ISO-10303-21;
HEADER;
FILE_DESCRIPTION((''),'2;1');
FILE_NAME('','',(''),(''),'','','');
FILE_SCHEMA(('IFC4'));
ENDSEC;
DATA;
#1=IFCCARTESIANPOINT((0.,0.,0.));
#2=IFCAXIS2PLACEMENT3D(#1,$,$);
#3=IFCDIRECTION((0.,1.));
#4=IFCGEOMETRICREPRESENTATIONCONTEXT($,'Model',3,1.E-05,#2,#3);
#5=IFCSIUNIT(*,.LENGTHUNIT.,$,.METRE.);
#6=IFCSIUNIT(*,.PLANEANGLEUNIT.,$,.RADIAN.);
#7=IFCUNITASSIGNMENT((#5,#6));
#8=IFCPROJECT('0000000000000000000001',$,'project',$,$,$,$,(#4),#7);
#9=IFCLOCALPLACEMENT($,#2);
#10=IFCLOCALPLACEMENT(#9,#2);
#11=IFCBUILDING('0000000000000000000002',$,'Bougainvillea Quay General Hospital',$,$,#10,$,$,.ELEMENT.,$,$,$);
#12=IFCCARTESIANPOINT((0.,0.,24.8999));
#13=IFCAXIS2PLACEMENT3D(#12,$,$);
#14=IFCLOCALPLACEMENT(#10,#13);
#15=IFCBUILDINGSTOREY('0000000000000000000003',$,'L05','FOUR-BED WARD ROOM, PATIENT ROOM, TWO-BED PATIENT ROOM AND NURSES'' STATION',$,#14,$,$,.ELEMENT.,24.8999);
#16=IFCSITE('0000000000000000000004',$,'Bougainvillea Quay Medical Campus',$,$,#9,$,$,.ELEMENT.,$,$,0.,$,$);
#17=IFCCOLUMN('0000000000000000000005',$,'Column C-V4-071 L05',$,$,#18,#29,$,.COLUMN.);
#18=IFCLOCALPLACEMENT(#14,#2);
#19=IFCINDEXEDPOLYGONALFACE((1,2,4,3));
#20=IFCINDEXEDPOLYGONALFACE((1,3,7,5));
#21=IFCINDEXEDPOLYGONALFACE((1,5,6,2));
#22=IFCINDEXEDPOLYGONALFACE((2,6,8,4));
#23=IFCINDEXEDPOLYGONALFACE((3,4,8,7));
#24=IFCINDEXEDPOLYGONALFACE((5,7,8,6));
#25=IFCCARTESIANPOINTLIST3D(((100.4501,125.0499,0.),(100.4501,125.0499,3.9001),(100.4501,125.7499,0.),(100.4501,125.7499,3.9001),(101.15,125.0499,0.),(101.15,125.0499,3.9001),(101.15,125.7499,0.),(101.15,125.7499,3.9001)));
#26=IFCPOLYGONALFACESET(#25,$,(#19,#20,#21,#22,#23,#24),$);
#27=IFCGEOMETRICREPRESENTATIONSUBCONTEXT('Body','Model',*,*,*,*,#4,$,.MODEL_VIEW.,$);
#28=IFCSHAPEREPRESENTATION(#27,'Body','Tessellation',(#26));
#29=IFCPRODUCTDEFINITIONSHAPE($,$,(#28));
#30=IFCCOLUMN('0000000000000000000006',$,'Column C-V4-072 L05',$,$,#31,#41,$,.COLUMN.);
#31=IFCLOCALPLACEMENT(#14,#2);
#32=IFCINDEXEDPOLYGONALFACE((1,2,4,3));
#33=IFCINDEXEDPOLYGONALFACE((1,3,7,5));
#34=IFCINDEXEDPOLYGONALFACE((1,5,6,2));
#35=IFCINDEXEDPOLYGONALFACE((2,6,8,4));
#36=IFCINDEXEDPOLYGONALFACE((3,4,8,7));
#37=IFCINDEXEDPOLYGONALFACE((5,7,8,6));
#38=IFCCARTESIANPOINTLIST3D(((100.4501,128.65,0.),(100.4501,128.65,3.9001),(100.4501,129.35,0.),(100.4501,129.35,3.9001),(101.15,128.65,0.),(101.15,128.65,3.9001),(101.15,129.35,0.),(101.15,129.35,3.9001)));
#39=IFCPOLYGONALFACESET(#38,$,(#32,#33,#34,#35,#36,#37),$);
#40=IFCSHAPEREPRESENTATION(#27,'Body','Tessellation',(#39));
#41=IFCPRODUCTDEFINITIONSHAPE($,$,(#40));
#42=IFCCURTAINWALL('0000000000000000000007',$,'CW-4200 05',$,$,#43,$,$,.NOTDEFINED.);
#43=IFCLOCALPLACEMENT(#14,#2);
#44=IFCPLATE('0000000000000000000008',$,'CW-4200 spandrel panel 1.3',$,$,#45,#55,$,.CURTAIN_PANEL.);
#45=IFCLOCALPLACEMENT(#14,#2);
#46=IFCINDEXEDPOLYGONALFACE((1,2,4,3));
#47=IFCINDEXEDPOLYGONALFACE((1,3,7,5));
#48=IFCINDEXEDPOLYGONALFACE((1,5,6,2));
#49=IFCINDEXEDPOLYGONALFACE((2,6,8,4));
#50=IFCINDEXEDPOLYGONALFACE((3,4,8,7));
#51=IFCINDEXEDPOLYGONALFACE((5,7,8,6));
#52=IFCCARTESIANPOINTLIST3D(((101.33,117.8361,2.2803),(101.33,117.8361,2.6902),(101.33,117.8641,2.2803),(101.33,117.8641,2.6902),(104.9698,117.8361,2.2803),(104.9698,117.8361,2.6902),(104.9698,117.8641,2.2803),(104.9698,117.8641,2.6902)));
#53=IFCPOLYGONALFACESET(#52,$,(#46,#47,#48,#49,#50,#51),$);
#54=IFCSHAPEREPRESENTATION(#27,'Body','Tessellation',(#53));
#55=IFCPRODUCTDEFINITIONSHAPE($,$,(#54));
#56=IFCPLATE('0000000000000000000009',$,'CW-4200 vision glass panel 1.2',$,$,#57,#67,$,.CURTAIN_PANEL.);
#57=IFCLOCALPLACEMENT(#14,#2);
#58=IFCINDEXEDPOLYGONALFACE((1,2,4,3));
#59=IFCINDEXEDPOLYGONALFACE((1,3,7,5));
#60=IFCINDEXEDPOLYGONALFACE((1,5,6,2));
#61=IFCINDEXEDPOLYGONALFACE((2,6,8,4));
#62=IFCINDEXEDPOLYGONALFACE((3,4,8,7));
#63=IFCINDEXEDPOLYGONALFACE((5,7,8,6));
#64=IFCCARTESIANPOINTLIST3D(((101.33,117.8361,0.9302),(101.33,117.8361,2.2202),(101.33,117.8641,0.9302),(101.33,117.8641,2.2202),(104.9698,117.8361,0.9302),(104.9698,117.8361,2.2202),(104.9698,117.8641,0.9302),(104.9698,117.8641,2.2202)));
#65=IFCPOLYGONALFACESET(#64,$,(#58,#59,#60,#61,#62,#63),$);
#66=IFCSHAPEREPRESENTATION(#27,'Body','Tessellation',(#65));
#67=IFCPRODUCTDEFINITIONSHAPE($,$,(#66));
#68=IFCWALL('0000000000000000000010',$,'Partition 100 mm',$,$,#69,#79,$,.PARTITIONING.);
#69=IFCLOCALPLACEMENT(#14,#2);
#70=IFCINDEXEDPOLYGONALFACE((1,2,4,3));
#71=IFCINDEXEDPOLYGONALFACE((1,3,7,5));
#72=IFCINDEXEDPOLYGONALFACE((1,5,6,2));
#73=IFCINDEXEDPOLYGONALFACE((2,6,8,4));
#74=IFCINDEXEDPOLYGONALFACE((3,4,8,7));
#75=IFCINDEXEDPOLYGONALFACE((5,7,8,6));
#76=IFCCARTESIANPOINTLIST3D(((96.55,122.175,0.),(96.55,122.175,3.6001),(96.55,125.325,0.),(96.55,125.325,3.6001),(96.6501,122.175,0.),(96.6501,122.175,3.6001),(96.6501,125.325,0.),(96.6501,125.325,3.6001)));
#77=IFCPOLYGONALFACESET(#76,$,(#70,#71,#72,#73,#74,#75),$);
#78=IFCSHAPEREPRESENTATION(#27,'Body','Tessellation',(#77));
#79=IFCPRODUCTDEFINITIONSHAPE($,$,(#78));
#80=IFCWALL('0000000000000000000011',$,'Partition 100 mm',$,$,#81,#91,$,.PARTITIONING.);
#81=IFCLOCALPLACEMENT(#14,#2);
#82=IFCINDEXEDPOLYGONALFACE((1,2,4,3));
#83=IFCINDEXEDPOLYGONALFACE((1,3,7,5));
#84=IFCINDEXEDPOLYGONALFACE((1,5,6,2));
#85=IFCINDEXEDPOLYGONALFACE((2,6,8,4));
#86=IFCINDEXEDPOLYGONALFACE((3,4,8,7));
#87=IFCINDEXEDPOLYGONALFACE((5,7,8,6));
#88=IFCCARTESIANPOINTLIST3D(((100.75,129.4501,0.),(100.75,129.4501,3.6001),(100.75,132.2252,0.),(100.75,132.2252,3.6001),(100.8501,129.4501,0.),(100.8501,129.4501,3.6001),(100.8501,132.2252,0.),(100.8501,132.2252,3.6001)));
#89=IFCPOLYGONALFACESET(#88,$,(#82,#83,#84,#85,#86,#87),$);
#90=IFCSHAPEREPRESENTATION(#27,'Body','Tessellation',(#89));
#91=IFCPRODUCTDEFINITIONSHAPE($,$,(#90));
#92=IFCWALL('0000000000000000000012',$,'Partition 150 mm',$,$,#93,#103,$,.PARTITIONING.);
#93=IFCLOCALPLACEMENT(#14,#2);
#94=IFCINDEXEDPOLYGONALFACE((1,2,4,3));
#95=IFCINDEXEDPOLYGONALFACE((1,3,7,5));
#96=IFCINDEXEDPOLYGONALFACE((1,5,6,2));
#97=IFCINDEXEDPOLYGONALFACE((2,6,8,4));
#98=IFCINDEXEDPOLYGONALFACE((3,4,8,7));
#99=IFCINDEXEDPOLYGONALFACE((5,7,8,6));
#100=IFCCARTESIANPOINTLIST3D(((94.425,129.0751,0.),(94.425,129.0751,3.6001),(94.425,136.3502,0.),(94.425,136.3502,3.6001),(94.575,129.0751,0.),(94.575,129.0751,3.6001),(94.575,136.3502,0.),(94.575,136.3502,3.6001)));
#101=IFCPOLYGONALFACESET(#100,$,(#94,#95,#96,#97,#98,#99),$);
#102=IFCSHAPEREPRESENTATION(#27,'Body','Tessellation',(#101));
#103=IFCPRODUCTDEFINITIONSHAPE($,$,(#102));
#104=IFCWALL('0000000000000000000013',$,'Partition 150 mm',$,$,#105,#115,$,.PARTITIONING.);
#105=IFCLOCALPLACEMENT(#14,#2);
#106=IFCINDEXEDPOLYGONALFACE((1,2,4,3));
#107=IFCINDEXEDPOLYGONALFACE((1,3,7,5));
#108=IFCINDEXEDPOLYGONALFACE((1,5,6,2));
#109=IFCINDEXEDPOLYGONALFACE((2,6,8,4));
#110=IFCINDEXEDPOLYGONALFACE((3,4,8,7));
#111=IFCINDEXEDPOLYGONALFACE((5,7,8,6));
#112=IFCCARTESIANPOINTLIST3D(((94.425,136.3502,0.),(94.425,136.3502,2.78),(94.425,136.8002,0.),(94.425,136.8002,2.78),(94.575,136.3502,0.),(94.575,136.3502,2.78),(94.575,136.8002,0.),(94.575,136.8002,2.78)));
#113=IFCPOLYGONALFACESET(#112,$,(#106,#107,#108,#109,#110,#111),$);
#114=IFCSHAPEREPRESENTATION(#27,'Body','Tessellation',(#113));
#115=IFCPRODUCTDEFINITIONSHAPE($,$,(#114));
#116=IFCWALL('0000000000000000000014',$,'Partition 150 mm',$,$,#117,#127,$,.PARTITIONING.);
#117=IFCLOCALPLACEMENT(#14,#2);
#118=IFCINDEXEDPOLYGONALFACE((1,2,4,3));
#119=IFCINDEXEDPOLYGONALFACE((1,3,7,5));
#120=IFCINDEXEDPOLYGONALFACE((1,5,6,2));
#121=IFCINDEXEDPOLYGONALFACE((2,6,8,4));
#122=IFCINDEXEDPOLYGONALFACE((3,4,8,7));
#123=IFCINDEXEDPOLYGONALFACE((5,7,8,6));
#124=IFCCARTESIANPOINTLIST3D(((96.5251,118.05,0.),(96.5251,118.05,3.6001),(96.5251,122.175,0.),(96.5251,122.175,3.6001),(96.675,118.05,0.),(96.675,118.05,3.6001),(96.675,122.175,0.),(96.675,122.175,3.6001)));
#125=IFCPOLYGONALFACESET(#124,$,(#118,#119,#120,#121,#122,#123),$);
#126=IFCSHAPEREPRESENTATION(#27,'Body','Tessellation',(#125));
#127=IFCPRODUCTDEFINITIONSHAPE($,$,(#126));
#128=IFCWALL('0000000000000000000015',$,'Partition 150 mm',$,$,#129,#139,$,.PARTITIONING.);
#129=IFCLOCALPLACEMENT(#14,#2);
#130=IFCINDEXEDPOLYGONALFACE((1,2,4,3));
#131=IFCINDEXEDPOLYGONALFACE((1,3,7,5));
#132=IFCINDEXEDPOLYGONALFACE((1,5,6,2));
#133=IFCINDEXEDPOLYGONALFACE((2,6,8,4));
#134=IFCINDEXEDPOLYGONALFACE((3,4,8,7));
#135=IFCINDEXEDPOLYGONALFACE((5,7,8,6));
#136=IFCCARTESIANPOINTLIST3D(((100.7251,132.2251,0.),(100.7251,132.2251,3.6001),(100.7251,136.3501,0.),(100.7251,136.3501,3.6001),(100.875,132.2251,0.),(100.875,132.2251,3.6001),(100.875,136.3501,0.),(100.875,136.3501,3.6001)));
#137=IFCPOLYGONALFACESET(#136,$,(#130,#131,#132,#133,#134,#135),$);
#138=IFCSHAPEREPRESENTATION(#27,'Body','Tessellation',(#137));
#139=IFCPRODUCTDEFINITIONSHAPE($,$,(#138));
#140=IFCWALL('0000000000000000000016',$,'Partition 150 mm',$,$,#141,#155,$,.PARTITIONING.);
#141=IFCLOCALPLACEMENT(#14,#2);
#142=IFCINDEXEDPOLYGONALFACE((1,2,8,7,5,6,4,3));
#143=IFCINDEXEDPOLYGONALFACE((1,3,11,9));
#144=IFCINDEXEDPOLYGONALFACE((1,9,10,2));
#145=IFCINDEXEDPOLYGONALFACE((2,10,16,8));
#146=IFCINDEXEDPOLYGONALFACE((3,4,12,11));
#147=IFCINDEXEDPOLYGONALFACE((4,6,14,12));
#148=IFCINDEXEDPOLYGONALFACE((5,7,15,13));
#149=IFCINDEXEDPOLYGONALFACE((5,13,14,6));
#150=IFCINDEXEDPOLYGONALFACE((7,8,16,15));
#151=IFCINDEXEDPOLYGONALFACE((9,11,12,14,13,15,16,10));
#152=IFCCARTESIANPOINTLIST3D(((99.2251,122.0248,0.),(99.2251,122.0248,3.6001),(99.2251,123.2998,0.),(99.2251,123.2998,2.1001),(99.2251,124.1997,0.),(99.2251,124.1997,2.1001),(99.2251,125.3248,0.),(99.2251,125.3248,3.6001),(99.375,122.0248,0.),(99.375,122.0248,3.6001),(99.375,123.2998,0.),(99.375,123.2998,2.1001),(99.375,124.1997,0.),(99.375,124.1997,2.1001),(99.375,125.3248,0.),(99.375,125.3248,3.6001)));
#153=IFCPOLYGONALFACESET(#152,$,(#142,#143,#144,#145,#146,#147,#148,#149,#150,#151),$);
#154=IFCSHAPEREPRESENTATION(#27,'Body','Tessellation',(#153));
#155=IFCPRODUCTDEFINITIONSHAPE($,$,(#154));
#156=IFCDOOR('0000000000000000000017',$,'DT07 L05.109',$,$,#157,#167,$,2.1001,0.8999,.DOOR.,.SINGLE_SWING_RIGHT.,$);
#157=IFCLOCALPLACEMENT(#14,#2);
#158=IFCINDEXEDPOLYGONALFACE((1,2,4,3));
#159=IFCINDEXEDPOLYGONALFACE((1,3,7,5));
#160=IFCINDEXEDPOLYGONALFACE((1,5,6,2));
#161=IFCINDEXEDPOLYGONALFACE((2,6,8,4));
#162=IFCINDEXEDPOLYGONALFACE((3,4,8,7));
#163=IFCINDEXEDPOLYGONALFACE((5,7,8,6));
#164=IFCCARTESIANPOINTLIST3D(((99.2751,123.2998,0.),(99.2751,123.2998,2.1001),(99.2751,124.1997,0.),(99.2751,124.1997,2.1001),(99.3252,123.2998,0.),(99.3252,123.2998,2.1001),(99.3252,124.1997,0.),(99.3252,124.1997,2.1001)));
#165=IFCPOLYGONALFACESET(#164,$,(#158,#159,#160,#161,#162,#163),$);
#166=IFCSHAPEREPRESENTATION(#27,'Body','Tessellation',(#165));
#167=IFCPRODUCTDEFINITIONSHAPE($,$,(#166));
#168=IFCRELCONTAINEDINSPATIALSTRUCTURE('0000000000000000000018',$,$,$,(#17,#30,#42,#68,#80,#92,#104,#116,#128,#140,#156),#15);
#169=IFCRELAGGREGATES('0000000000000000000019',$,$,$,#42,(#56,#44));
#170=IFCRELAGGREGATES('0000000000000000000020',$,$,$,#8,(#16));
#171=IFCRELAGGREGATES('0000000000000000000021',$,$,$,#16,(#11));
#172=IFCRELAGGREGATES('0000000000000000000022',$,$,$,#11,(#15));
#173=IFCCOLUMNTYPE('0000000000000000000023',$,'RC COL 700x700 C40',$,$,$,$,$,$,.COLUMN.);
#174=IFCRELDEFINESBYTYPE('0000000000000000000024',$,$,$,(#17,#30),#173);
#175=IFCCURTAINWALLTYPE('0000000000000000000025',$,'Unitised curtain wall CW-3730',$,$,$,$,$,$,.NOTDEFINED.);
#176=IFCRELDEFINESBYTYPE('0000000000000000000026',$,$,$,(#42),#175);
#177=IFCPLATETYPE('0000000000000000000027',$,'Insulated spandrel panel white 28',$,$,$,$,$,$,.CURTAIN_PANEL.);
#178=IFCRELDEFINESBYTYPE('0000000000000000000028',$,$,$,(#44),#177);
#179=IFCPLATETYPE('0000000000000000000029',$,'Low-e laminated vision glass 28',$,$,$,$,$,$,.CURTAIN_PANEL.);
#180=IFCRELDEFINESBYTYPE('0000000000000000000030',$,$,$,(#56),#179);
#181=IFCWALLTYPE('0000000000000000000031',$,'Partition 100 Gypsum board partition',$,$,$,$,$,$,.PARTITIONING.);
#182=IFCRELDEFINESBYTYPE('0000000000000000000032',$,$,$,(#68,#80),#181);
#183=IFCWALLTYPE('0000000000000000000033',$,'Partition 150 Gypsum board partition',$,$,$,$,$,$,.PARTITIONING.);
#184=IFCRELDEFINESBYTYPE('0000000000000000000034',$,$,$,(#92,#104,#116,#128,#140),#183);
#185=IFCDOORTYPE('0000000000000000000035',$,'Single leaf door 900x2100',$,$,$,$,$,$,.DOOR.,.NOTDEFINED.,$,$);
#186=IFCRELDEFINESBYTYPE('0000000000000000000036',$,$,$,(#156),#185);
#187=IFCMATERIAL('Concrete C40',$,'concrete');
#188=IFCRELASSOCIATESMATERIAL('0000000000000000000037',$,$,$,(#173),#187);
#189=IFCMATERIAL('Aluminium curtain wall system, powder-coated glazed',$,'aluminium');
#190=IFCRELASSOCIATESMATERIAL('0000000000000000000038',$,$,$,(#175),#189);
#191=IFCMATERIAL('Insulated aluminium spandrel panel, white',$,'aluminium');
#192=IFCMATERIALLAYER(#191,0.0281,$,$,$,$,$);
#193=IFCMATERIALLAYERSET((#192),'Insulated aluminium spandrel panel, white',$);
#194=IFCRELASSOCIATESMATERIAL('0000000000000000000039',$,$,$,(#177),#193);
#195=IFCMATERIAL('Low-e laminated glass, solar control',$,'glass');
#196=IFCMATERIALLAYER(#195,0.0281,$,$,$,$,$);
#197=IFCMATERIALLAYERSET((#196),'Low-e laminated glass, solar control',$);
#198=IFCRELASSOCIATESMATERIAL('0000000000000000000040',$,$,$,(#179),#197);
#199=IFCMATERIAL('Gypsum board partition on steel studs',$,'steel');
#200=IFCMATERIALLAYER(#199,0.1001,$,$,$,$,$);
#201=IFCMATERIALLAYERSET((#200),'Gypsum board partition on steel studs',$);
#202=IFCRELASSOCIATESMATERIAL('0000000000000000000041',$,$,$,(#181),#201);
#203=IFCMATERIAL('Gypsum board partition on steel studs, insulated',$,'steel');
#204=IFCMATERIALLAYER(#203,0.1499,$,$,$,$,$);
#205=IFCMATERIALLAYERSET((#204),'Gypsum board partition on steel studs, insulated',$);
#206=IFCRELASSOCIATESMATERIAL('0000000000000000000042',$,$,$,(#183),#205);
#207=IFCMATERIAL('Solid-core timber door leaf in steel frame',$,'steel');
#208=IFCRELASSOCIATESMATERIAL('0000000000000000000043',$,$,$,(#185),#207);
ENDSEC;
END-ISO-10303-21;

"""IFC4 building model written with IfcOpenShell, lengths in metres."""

from ifc_helpers import new_model, si_unit, direction, frame, frame_2d, origin, origin_2d, place, context, subcontext, project, spatial, rectangle, extrude, material, layer, layer_set, material_profile, profile_set, type_object, element, fill, aggregate, save


model = new_model("IFC4")

# Units and contexts
model_context = context("Model", 3, precision=1e-05, world=origin(), true_north=direction((0.0, 1.0)))
body_context = subcontext(model_context, "Body", "Model", "MODEL_VIEW")
ifc_project = project(units=[si_unit("LENGTHUNIT", "METRE"), si_unit("PLANEANGLEUNIT", "RADIAN")], contexts=[model_context])

# Site, building, storey
site_placement = place(None, origin())
site = spatial("IfcSite", under=ifc_project, at=site_placement, Name="Bougainvillea Quay Medical Campus", CompositionType="ELEMENT", RefElevation=0.0)
building_placement = place(site_placement, origin())
building = spatial("IfcBuilding", under=site, at=building_placement, Name="Bougainvillea Quay General Hospital", CompositionType="ELEMENT")
storey_placement = place(building_placement, frame((0.0, 0.0, 24.8999)))
storey = spatial("IfcBuildingStorey", under=building, at=storey_placement, Name="L05", Description="FOUR-BED WARD ROOM, PATIENT ROOM, TWO-BED PATIENT ROOM AND NURSES' STATION", CompositionType="ELEMENT", Elevation=24.8999)

# Columns
ifc_material_1 = material(Name="Concrete C40", Category="concrete")
ifc_material_profile = material_profile(ifc_material_1, rectangle(XDim=0.7, YDim=0.7, at=origin_2d()))
ifc_profile_set = profile_set([ifc_material_profile], Name="Concrete C40")
column_type = type_object("IfcColumnType", Name="RC COL 700x700 C40", PredefinedType="COLUMN", material=ifc_profile_set)
for number, where, z_axis, x_axis, name in (
    (1, (100.8, 125.3999, 0.0), (0.0, 0.0, 1.0), (1.0, 0.0, 0.0), "Column C-V4-071 L05"),
    (2, (100.8, 129.0, 0.0), (0.0, 0.0, 1.0), (1.0, 0.0, 0.0), "Column C-V4-072 L05"),
):
    element("IfcColumn", number, at=place(storey_placement, frame(where, z_axis=z_axis, x_axis=x_axis)), inside=storey, type_object=column_type, Name=name, PredefinedType="COLUMN", context=body_context, shape_type="SweptSolid", body=[
        extrude(rectangle(XDim=0.7, YDim=0.7, at=origin_2d()), origin(), (0.0, 0.0, 1.0), 3.9001),
    ])

# Curtain wall, plates
ifc_material_2 = material(Name="Aluminium curtain wall system, powder-coated glazed", Category="aluminium")
curtain_wall_type = type_object("IfcCurtainWallType", Name="Unitised curtain wall CW-3730", PredefinedType="NOTDEFINED", material=ifc_material_2)
curtain_wall_placement = place(storey_placement, origin())
curtain_wall = element("IfcCurtainWall", 3, at=curtain_wall_placement, inside=storey, type_object=curtain_wall_type, Name="CW-4200 05", PredefinedType="NOTDEFINED")
ifc_material_3 = material(Name="Insulated aluminium spandrel panel, white", Category="aluminium")
ifc_layer_1 = layer(ifc_material_3, 0.0281)
ifc_layer_set_1 = layer_set([ifc_layer_1], Name="Insulated aluminium spandrel panel, white")
plate_type_1 = type_object("IfcPlateType", Name="Insulated spandrel panel white 28", PredefinedType="CURTAIN_PANEL", material=ifc_layer_set_1)
plate_1_placement = place(storey_placement, frame((103.1499, 117.8501, 2.2803), z_axis=(0.0, 0.0, 1.0), x_axis=(1.0, 0.0, 0.0)))
plate_1 = element("IfcPlate", 4, at=plate_1_placement, type_object=plate_type_1, Name="CW-4200 spandrel panel 1.3", PredefinedType="CURTAIN_PANEL", context=body_context, shape_type="SweptSolid", body=[
    extrude(rectangle(XDim=3.6399, YDim=0.0281, at=origin_2d()), origin(), (0.0, 0.0, 1.0), 0.4099),
])
ifc_material_4 = material(Name="Low-e laminated glass, solar control", Category="glass")
ifc_layer_2 = layer(ifc_material_4, 0.0281)
ifc_layer_set_2 = layer_set([ifc_layer_2], Name="Low-e laminated glass, solar control")
plate_type_2 = type_object("IfcPlateType", Name="Low-e laminated vision glass 28", PredefinedType="CURTAIN_PANEL", material=ifc_layer_set_2)
plate_2_placement = place(storey_placement, frame((103.1499, 117.8501, 0.9302), z_axis=(0.0, 0.0, 1.0), x_axis=(1.0, 0.0, 0.0)))
plate_2 = element("IfcPlate", 5, at=plate_2_placement, type_object=plate_type_2, Name="CW-4200 vision glass panel 1.2", PredefinedType="CURTAIN_PANEL", context=body_context, shape_type="SweptSolid", body=[
    extrude(rectangle(XDim=3.6399, YDim=0.0281, at=origin_2d()), origin(), (0.0, 0.0, 1.0), 1.29),
])
aggregate(curtain_wall, [plate_2, plate_1])

# Walls
ifc_material_5 = material(Name="Gypsum board partition on steel studs", Category="steel")
ifc_layer_3 = layer(ifc_material_5, 0.1001)
ifc_layer_set_3 = layer_set([ifc_layer_3], Name="Gypsum board partition on steel studs")
wall_type_1 = type_object("IfcWallType", Name="Partition 100 Gypsum board partition", PredefinedType="PARTITIONING", material=ifc_layer_set_3)
wall_1_placement = place(storey_placement, frame((96.6001, 122.175, 0.0), z_axis=(0.0, 0.0, 1.0), x_axis=(0.0, 1.0, 0.0)))
element("IfcWall", 6, at=wall_1_placement, inside=storey, type_object=wall_type_1, Name="Partition 100 mm", PredefinedType="PARTITIONING", context=body_context, shape_type="SweptSolid", body=[
    extrude(rectangle(XDim=3.1499, YDim=0.1001, at=frame_2d((1.575, 0.0))), origin(), (0.0, 0.0, 1.0), 3.6001),
])
wall_2_placement = place(storey_placement, frame((100.8, 129.45, 0.0), z_axis=(0.0, 0.0, 1.0), x_axis=(0.0, 1.0, 0.0)))
element("IfcWall", 7, at=wall_2_placement, inside=storey, type_object=wall_type_1, Name="Partition 100 mm", PredefinedType="PARTITIONING", context=body_context, shape_type="SweptSolid", body=[
    extrude(rectangle(XDim=2.7751, YDim=0.1001, at=frame_2d((1.3877, 0.0))), origin(), (0.0, 0.0, 1.0), 3.6001),
])
ifc_material_6 = material(Name="Gypsum board partition on steel studs, insulated", Category="steel")
ifc_layer_4 = layer(ifc_material_6, 0.1499)
ifc_layer_set_4 = layer_set([ifc_layer_4], Name="Gypsum board partition on steel studs, insulated")
wall_type_2 = type_object("IfcWallType", Name="Partition 150 Gypsum board partition", PredefinedType="PARTITIONING", material=ifc_layer_set_4)
wall_3_placement = place(storey_placement, frame((94.5, 129.075, 0.0), z_axis=(0.0, 0.0, 1.0), x_axis=(0.0, 1.0, 0.0)))
element("IfcWall", 8, at=wall_3_placement, inside=storey, type_object=wall_type_2, Name="Partition 150 mm", PredefinedType="PARTITIONING", context=body_context, shape_type="SweptSolid", body=[
    extrude(rectangle(XDim=7.2751, YDim=0.1499, at=frame_2d((3.6377, 0.0))), origin(), (0.0, 0.0, 1.0), 3.6001),
])
wall_4_placement = place(storey_placement, frame((94.5, 136.3501, 0.0), z_axis=(0.0, 0.0, 1.0), x_axis=(0.0, 1.0, 0.0)))
element("IfcWall", 9, at=wall_4_placement, inside=storey, type_object=wall_type_2, Name="Partition 150 mm", PredefinedType="PARTITIONING", context=body_context, shape_type="SweptSolid", body=[
    extrude(rectangle(XDim=0.45, YDim=0.1499, at=frame_2d((0.2251, 0.0))), origin(), (0.0, 0.0, 1.0), 2.78),
])
for number, where, z_axis, x_axis, name in (
    (10, (96.6001, 118.05, 0.0), (0.0, 0.0, 1.0), (0.0, 1.0, 0.0), "Partition 150 mm"),
    (11, (100.8, 132.2251, 0.0), (0.0, 0.0, 1.0), (0.0, 1.0, 0.0), "Partition 150 mm"),
):
    element("IfcWall", number, at=place(storey_placement, frame(where, z_axis=z_axis, x_axis=x_axis)), inside=storey, type_object=wall_type_2, Name=name, PredefinedType="PARTITIONING", context=body_context, shape_type="SweptSolid", body=[
        extrude(rectangle(XDim=4.125, YDim=0.1499, at=frame_2d((2.0625, 0.0))), origin(), (0.0, 0.0, 1.0), 3.6001),
    ])

# Wall, opening, door
wall_5_placement = place(storey_placement, frame((99.3, 122.0249, 0.0), z_axis=(0.0, 0.0, 1.0), x_axis=(0.0, 1.0, 0.0)))
wall_5 = element("IfcWall", 12, at=wall_5_placement, inside=storey, type_object=wall_type_2, Name="Partition 150 mm", PredefinedType="PARTITIONING", context=body_context, shape_type="SweptSolid", body=[
    extrude(rectangle(XDim=3.3, YDim=0.1499, at=frame_2d((1.6499, 0.0))), origin(), (0.0, 0.0, 1.0), 3.6001),
])
opening_1_placement = place(wall_5_placement, frame((1.2749, 0.0, 0.0)))
opening_1 = element("IfcOpeningElement", 13, at=opening_1_placement, cuts=wall_5, PredefinedType="OPENING", context=body_context, shape_type="SweptSolid", body=[
    extrude(rectangle(XDim=0.8999, YDim=2.1001, at=frame_2d((0.45, 1.05))), frame((0.0, 0.085, 0.0), z_axis=(0.0, -1.0, 0.0), x_axis=(1.0, 0.0, 0.0)), (0.0, 0.0, 1.0), 0.1699),
])
ifc_material_7 = material(Name="Solid-core timber door leaf in steel frame", Category="steel")
door_type_1 = type_object("IfcDoorType", Name="Single leaf door 900x2100", OperationType="NOTDEFINED", PredefinedType="DOOR", material=ifc_material_7)
door_1_placement = place(opening_1_placement, origin())
door_1 = element("IfcDoor", 14, at=door_1_placement, inside=storey, type_object=door_type_1, Name="DT07 L05.109", OperationType="SINGLE_SWING_RIGHT", OverallHeight=2.1001, OverallWidth=0.8999, PredefinedType="DOOR", context=body_context, shape_type="SweptSolid", body=[
    extrude(rectangle(XDim=0.8999, YDim=2.1001, at=frame_2d((0.45, 1.05))), frame((0.0, 0.0249, 0.0), z_axis=(0.0, -1.0, 0.0), x_axis=(1.0, 0.0, 0.0)), (0.0, 0.0, 1.0), 0.05),
])
fill(opening_1, door_1)

save(model, "model.ifc")
